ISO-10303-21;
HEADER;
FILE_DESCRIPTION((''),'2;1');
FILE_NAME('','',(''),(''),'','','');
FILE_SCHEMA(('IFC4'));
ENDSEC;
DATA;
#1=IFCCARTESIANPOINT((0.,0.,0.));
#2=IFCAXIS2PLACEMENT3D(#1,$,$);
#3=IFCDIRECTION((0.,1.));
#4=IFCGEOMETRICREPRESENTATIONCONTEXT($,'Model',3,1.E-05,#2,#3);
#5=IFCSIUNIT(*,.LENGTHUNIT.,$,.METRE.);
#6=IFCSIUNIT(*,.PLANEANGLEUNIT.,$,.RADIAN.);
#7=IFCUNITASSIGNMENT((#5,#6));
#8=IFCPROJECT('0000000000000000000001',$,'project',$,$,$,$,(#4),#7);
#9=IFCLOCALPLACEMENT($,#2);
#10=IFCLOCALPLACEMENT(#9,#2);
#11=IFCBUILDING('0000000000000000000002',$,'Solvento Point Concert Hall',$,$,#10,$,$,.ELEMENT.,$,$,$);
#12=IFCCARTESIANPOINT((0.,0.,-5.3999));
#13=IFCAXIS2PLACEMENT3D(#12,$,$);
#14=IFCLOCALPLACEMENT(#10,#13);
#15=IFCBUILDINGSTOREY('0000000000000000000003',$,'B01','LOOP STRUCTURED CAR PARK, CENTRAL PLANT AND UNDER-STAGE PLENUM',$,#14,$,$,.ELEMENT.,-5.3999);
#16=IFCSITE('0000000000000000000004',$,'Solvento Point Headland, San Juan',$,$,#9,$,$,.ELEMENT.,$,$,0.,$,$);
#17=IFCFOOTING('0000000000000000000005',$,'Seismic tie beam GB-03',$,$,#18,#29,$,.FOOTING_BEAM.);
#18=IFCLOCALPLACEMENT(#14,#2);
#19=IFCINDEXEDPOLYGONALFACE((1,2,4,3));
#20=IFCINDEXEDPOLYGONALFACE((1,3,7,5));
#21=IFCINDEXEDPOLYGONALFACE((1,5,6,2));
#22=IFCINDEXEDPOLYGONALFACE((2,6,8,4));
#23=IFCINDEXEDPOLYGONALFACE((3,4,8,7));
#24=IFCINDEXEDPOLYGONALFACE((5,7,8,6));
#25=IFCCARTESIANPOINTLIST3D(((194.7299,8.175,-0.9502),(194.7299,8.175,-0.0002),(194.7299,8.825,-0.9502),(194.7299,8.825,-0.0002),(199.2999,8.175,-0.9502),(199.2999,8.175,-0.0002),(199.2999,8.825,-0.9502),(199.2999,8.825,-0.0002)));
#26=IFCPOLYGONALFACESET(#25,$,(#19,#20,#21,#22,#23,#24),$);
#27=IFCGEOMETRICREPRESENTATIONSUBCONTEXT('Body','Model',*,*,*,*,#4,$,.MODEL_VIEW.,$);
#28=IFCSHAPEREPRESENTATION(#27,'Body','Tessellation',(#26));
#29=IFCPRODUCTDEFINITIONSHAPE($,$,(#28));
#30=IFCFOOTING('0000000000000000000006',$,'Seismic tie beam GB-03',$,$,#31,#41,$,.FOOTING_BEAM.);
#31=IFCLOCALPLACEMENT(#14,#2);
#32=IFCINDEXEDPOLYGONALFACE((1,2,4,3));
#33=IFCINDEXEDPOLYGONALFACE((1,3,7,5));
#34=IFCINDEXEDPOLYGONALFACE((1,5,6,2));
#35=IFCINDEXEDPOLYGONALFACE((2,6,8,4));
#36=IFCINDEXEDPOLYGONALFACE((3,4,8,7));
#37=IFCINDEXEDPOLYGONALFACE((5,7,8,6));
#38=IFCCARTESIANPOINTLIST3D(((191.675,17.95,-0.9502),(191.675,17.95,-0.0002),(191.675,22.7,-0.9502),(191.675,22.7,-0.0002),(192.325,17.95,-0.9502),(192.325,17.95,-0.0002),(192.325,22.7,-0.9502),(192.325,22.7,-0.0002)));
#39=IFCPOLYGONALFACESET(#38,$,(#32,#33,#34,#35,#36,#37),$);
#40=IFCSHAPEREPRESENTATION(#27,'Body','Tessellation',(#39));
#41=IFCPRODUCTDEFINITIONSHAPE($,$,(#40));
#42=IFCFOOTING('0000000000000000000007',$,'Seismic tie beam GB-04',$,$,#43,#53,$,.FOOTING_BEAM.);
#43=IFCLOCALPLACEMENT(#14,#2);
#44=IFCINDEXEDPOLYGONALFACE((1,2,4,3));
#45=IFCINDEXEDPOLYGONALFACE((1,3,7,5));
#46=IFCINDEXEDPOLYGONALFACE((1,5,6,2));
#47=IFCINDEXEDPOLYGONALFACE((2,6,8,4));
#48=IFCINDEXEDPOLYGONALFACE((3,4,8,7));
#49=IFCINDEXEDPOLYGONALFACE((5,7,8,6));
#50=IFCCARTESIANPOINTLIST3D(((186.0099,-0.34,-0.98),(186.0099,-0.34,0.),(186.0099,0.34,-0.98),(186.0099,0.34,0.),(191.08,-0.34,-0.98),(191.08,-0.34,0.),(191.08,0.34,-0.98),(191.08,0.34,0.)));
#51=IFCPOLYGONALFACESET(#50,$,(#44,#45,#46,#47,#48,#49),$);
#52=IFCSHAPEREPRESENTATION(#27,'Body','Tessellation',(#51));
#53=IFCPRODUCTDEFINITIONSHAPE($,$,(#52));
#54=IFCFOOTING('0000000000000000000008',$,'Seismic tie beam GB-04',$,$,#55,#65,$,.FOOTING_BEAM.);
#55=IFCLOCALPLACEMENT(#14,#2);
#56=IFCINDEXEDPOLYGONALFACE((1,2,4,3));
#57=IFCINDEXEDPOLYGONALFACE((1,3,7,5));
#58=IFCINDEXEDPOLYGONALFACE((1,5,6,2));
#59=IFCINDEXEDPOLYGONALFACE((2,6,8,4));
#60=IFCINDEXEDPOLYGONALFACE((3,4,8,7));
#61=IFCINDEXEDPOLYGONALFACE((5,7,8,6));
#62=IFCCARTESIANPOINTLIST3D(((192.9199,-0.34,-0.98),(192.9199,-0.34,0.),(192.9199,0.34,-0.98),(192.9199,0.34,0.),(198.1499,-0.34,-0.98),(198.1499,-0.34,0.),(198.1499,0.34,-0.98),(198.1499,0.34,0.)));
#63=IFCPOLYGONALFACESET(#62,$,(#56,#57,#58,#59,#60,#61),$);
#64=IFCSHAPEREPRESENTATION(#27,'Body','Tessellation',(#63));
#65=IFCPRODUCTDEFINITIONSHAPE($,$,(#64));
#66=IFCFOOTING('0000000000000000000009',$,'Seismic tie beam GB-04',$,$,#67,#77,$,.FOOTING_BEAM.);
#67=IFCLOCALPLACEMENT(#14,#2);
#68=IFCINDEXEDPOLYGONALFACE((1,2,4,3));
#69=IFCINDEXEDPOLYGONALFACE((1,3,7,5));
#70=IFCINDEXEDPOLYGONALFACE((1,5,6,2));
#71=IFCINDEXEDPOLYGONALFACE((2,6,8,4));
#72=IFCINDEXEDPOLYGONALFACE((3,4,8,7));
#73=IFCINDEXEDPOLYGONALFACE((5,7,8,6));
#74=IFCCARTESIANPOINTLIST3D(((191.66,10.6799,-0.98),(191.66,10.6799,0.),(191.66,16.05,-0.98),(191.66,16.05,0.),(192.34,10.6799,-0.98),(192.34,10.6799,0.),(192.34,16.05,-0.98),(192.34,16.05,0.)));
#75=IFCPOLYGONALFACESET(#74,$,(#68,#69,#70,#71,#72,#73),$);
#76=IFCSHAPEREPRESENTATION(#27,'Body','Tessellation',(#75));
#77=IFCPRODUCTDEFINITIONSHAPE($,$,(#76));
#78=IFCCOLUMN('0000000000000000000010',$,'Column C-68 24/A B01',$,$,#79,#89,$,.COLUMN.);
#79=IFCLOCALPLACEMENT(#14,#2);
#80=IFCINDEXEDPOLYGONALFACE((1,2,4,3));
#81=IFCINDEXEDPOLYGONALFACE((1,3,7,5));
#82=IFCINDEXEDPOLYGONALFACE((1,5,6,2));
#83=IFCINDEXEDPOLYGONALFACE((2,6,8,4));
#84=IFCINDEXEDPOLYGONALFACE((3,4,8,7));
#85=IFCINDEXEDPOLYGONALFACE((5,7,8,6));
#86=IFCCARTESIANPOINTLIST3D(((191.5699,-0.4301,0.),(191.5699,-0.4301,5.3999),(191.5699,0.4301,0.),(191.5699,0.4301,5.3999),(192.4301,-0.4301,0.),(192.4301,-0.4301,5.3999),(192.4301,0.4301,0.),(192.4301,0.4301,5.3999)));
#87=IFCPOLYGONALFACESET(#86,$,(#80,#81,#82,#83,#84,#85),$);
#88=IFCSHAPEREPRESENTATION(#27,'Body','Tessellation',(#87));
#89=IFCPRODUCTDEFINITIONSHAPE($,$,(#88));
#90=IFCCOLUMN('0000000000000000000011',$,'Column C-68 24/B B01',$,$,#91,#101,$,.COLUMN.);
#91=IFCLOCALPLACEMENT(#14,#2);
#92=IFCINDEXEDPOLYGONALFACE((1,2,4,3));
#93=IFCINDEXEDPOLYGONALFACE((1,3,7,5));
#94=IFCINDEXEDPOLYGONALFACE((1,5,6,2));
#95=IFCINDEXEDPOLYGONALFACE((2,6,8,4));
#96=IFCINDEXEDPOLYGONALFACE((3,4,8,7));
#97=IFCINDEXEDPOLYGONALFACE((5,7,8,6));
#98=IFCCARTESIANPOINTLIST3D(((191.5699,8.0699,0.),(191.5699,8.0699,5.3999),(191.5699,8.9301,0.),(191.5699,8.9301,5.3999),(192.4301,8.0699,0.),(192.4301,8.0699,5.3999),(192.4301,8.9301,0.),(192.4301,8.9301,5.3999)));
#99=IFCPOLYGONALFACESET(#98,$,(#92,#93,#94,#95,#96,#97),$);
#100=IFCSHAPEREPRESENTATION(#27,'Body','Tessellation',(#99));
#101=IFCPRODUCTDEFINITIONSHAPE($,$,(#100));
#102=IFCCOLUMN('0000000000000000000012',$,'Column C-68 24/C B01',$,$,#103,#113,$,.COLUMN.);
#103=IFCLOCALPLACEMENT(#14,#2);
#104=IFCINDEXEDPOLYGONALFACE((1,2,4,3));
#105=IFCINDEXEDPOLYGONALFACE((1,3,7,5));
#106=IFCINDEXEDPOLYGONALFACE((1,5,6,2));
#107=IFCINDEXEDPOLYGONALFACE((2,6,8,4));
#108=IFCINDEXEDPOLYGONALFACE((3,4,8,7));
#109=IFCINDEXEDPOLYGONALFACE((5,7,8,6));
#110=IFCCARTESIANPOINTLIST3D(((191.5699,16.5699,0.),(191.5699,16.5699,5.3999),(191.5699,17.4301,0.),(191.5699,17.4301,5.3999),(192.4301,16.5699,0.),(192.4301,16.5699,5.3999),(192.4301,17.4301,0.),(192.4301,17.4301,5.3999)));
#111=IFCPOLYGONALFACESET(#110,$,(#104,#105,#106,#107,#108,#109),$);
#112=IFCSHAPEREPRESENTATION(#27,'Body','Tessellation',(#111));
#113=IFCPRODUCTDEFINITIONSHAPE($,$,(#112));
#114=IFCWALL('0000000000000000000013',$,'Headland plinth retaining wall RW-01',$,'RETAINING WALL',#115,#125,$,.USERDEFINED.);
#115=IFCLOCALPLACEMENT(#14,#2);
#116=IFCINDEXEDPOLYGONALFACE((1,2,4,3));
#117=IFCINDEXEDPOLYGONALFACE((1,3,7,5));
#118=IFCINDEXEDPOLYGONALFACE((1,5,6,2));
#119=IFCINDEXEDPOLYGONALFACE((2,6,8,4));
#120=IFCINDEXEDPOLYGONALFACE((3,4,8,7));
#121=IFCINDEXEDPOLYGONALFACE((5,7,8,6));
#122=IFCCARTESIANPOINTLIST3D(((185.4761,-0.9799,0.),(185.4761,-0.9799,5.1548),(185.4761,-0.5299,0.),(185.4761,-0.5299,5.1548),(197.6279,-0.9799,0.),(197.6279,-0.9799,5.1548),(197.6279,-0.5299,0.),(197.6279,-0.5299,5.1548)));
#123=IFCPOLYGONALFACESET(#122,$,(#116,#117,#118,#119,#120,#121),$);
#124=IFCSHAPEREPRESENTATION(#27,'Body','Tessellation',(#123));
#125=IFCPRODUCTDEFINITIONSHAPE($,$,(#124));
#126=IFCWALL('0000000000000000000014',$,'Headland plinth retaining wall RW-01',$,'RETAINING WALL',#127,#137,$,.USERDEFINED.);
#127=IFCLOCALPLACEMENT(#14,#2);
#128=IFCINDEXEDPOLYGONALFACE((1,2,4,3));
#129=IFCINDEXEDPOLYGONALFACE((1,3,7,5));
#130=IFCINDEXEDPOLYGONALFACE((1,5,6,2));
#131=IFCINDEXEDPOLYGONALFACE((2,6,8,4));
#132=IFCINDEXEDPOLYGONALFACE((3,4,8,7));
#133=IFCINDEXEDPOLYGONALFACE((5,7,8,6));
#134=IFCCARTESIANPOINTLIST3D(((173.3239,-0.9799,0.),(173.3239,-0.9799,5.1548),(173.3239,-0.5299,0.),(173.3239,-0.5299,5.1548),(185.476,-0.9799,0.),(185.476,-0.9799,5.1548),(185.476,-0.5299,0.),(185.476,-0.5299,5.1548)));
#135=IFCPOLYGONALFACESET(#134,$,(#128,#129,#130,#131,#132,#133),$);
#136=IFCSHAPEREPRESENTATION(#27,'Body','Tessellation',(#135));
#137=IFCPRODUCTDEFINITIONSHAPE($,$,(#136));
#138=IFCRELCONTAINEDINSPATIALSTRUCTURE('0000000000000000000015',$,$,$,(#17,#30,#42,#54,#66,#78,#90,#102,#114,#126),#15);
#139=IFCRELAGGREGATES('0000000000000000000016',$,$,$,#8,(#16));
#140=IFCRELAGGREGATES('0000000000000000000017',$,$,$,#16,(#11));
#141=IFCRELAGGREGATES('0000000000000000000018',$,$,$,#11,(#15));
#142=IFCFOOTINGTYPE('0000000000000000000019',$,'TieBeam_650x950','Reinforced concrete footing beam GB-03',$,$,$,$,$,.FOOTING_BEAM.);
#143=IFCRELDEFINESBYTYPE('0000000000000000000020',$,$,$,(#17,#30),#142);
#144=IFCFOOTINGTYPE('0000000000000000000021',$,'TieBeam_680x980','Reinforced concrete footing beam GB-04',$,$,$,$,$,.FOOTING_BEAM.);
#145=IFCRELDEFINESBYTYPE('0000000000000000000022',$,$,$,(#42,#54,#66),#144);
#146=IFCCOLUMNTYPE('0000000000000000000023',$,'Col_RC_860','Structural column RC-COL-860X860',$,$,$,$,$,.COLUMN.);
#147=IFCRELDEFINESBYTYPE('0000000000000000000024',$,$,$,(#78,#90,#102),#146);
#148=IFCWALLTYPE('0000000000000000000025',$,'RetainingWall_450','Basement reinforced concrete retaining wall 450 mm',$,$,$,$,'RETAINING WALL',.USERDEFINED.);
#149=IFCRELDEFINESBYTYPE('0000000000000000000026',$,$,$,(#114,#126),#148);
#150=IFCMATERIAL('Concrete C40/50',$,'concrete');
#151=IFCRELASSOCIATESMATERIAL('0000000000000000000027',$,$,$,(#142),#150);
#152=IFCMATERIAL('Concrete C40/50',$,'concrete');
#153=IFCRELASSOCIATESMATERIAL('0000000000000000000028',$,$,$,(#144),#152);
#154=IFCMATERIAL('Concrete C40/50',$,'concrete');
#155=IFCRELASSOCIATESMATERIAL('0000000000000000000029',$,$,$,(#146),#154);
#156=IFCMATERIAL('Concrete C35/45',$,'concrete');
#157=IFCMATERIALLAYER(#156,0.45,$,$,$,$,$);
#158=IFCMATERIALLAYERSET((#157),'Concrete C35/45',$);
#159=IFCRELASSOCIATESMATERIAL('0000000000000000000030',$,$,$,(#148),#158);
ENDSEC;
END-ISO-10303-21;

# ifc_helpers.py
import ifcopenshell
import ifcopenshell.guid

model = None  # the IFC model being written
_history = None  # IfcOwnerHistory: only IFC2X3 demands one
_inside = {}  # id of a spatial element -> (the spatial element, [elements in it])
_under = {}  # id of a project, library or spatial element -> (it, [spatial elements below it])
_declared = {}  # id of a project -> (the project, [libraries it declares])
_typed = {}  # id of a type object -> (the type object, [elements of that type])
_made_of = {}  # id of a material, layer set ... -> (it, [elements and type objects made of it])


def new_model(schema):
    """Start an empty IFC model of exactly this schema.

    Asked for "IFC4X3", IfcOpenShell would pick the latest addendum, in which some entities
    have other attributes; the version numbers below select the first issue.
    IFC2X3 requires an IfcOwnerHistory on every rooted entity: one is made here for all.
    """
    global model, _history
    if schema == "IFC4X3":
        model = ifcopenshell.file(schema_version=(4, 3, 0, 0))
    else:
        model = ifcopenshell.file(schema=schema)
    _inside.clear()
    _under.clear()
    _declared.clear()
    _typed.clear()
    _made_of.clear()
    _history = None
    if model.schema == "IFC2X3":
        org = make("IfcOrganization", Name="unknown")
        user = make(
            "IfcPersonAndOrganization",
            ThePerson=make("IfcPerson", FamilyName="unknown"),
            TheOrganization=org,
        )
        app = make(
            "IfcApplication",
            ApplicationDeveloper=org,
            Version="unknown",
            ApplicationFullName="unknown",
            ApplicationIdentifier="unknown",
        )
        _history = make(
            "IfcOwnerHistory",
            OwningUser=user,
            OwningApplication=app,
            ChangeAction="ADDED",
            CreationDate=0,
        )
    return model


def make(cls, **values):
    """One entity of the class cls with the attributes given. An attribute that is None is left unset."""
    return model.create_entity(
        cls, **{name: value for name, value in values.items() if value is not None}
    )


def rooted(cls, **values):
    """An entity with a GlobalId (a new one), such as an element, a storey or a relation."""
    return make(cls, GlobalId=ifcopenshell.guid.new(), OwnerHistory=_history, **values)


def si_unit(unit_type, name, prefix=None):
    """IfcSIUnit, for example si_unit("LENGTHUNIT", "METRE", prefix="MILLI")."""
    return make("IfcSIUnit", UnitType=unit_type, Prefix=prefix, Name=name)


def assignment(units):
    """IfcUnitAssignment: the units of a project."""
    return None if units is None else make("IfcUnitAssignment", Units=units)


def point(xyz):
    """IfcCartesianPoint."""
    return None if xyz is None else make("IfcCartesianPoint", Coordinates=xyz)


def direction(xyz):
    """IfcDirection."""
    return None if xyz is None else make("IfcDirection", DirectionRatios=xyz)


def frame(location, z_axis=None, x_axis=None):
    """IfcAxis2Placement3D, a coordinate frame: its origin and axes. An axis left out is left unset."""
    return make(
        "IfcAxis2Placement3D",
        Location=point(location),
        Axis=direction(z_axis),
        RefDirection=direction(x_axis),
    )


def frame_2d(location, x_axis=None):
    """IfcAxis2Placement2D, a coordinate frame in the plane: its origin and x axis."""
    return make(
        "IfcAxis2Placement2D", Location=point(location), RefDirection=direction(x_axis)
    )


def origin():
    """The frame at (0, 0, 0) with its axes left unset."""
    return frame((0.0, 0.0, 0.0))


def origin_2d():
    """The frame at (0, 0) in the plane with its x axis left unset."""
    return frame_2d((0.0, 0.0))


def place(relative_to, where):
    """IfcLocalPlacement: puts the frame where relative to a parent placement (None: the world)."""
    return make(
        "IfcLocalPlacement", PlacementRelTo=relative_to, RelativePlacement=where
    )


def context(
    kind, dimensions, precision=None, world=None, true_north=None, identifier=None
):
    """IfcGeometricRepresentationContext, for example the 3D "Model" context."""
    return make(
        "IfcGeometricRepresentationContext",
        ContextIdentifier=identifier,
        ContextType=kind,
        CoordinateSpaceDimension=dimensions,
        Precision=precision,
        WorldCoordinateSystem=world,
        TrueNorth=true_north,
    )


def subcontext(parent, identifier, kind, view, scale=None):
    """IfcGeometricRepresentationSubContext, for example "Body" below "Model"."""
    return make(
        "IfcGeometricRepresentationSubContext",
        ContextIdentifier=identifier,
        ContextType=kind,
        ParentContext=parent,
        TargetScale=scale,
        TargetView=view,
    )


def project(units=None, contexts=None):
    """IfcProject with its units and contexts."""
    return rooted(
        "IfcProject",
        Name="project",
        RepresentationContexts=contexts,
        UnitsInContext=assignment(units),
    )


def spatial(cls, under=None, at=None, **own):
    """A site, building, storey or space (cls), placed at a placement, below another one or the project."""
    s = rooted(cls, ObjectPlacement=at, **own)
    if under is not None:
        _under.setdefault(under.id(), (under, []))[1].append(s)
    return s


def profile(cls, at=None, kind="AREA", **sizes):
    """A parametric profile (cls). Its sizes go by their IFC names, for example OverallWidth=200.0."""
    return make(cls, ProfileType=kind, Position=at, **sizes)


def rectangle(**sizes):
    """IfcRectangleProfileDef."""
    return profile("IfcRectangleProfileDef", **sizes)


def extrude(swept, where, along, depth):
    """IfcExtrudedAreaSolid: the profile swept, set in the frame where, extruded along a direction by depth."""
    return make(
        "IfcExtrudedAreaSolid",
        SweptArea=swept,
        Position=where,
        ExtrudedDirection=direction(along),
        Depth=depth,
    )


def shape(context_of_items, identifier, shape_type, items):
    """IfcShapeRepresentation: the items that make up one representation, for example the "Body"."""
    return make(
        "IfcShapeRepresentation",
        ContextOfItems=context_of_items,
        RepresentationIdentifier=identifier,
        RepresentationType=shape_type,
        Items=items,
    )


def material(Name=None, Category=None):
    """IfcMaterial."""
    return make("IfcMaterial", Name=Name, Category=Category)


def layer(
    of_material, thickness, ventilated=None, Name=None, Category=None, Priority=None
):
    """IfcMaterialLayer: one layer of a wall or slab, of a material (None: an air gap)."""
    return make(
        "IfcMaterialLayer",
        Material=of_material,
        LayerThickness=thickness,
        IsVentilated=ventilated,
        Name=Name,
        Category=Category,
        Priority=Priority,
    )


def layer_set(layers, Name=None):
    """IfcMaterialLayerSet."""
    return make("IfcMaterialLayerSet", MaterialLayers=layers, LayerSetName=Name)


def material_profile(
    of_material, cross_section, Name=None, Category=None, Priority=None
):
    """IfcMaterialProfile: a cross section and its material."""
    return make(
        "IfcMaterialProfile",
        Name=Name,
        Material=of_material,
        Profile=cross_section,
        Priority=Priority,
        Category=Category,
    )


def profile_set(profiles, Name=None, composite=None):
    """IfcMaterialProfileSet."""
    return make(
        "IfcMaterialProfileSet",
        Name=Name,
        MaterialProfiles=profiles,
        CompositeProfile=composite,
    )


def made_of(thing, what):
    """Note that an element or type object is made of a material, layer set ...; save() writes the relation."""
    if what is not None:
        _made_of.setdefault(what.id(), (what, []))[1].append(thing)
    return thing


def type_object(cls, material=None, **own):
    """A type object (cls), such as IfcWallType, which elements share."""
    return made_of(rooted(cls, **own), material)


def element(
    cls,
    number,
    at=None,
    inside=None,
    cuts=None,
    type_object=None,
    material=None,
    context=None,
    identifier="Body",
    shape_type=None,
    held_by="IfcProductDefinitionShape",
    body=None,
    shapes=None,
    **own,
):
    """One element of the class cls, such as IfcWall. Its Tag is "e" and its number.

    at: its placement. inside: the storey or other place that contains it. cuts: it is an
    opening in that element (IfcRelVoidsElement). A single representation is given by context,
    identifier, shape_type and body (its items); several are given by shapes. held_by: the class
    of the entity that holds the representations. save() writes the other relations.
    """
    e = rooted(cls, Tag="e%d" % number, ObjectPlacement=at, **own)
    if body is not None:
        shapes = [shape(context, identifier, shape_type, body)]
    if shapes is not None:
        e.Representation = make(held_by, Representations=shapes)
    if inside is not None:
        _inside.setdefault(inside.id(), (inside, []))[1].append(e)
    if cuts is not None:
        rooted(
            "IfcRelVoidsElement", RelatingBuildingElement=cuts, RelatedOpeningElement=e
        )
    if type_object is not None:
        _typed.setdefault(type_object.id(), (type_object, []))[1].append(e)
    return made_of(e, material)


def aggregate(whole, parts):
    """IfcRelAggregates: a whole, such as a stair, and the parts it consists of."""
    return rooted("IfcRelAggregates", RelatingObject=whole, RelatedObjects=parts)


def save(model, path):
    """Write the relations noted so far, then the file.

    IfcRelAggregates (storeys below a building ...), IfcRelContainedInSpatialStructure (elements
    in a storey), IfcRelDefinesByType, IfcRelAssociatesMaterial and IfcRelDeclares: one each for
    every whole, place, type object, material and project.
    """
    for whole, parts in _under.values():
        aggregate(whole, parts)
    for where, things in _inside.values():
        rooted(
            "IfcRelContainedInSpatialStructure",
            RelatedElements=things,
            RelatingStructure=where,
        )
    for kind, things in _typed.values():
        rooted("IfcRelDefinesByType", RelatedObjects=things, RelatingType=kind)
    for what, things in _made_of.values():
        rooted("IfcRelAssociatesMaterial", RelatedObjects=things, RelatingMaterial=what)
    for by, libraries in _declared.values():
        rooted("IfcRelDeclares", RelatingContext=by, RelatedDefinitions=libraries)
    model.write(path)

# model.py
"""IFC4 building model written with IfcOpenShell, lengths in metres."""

from ifc_helpers import new_model, si_unit, direction, frame, frame_2d, origin, origin_2d, place, context, subcontext, project, spatial, rectangle, extrude, material, layer, layer_set, material_profile, profile_set, type_object, element, save


model = new_model("IFC4")

# Units and contexts
model_context = context("Model", 3, precision=1e-05, world=origin(), true_north=direction((0.0, 1.0)))
body_context = subcontext(model_context, "Body", "Model", "MODEL_VIEW")
ifc_project = project(units=[si_unit("LENGTHUNIT", "METRE"), si_unit("PLANEANGLEUNIT", "RADIAN")], contexts=[model_context])

# Site, building, storey
site_placement = place(None, origin())
site = spatial("IfcSite", under=ifc_project, at=site_placement, Name="Solvento Point Headland, San Juan", CompositionType="ELEMENT", RefElevation=0.0)
building_placement = place(site_placement, origin())
building = spatial("IfcBuilding", under=site, at=building_placement, Name="Solvento Point Concert Hall", CompositionType="ELEMENT")
storey_placement = place(building_placement, frame((0.0, 0.0, -5.3999)))
storey = spatial("IfcBuildingStorey", under=building, at=storey_placement, Name="B01", Description="LOOP STRUCTURED CAR PARK, CENTRAL PLANT AND UNDER-STAGE PLENUM", CompositionType="ELEMENT", Elevation=-5.3999)

# Footings
ifc_material_1 = material(Name="Concrete C40/50", Category="concrete")
footing_type_1 = type_object("IfcFootingType", Name="TieBeam_650x950", Description="Reinforced concrete footing beam GB-03", PredefinedType="FOOTING_BEAM", material=ifc_material_1)
footing_1_placement = place(storey_placement, frame((197.0149, 8.5, -0.9502), z_axis=(0.0, 0.0, 1.0), x_axis=(1.0, 0.0, 0.0)))
element("IfcFooting", 1, at=footing_1_placement, inside=storey, type_object=footing_type_1, Name="Seismic tie beam GB-03", PredefinedType="FOOTING_BEAM", context=body_context, shape_type="SweptSolid", body=[
    extrude(rectangle(XDim=4.5701, YDim=0.6499, at=origin_2d()), origin(), (0.0, 0.0, 1.0), 0.95),
])
footing_2_placement = place(storey_placement, frame((192.0, 20.325, -0.9502), z_axis=(0.0, 0.0, 1.0), x_axis=(0.0, 1.0, 0.0)))
element("IfcFooting", 2, at=footing_2_placement, inside=storey, type_object=footing_type_1, Name="Seismic tie beam GB-03", PredefinedType="FOOTING_BEAM", context=body_context, shape_type="SweptSolid", body=[
    extrude(rectangle(XDim=4.75, YDim=0.6499, at=origin_2d()), origin(), (0.0, 0.0, 1.0), 0.95),
])
ifc_material_2 = material(Name="Concrete C40/50", Category="concrete")
footing_type_2 = type_object("IfcFootingType", Name="TieBeam_680x980", Description="Reinforced concrete footing beam GB-04", PredefinedType="FOOTING_BEAM", material=ifc_material_2)
footing_3_placement = place(storey_placement, frame((188.5449, 0.0, -0.98), z_axis=(0.0, 0.0, 1.0), x_axis=(1.0, 0.0, 0.0)))
element("IfcFooting", 3, at=footing_3_placement, inside=storey, type_object=footing_type_2, Name="Seismic tie beam GB-04", PredefinedType="FOOTING_BEAM", context=body_context, shape_type="SweptSolid", body=[
    extrude(rectangle(XDim=5.0701, YDim=0.6799, at=origin_2d()), origin(), (0.0, 0.0, 1.0), 0.98),
])
footing_4_placement = place(storey_placement, frame((195.5349, 0.0, -0.98), z_axis=(0.0, 0.0, 1.0), x_axis=(1.0, 0.0, 0.0)))
element("IfcFooting", 4, at=footing_4_placement, inside=storey, type_object=footing_type_2, Name="Seismic tie beam GB-04", PredefinedType="FOOTING_BEAM", context=body_context, shape_type="SweptSolid", body=[
    extrude(rectangle(XDim=5.23, YDim=0.6799, at=origin_2d()), origin(), (0.0, 0.0, 1.0), 0.98),
])
footing_5_placement = place(storey_placement, frame((192.0, 13.365, -0.98), z_axis=(0.0, 0.0, 1.0), x_axis=(0.0, 1.0, 0.0)))
element("IfcFooting", 5, at=footing_5_placement, inside=storey, type_object=footing_type_2, Name="Seismic tie beam GB-04", PredefinedType="FOOTING_BEAM", context=body_context, shape_type="SweptSolid", body=[
    extrude(rectangle(XDim=5.3701, YDim=0.6799, at=origin_2d()), origin(), (0.0, 0.0, 1.0), 0.98),
])

# Columns
ifc_material_3 = material(Name="Concrete C40/50", Category="concrete")
ifc_material_profile_1 = material_profile(ifc_material_3, rectangle(XDim=0.8601, YDim=0.8601, at=origin_2d()), Name="RC-COL-860X860")
ifc_profile_set_1 = profile_set([ifc_material_profile_1], Name="Concrete C40/50")
column_type = type_object("IfcColumnType", Name="Col_RC_860", Description="Structural column RC-COL-860X860", PredefinedType="COLUMN", material=ifc_profile_set_1)
for number, where, z_axis, x_axis, name in (
    (6, (192.0, 0.0, 0.0), (0.0, 0.0, 1.0), (1.0, 0.0, 0.0), "Column C-68 24/A B01"),
    (7, (192.0, 8.5, 0.0), (0.0, 0.0, 1.0), (1.0, 0.0, 0.0), "Column C-68 24/B B01"),
    (8, (192.0, 17.0, 0.0), (0.0, 0.0, 1.0), (1.0, 0.0, 0.0), "Column C-68 24/C B01"),
):
    element("IfcColumn", number, at=place(storey_placement, frame(where, z_axis=z_axis, x_axis=x_axis)), inside=storey, type_object=column_type, Name=name, PredefinedType="COLUMN", context=body_context, shape_type="SweptSolid", body=[
        extrude(rectangle(XDim=0.8601, YDim=0.8601, at=origin_2d()), origin(), (0.0, 0.0, 1.0), 5.3999),
    ])

# Walls
ifc_material_4 = material(Name="Concrete C35/45", Category="concrete")
ifc_layer = layer(ifc_material_4, 0.45)
ifc_layer_set = layer_set([ifc_layer], Name="Concrete C35/45")
wall_type = type_object("IfcWallType", Name="RetainingWall_450", Description="Basement reinforced concrete retaining wall 450 mm", ElementType="RETAINING WALL", PredefinedType="USERDEFINED", material=ifc_layer_set)
wall_1_placement = place(storey_placement, frame((197.6279, -0.7549, 0.0), z_axis=(0.0, 0.0, 1.0), x_axis=(-1.0, 0.0, 0.0)))
element("IfcWall", 9, at=wall_1_placement, inside=storey, type_object=wall_type, Name="Headland plinth retaining wall RW-01", ObjectType="RETAINING WALL", PredefinedType="USERDEFINED", context=body_context, shape_type="SweptSolid", body=[
    extrude(rectangle(XDim=12.1519, YDim=0.45, at=frame_2d((6.0759, 0.0))), origin(), (0.0, 0.0, 1.0), 5.1548),
])
wall_2_placement = place(storey_placement, frame((185.4761, -0.7549, 0.0), z_axis=(0.0, 0.0, 1.0), x_axis=(-1.0, 0.0, 0.0)))
element("IfcWall", 10, at=wall_2_placement, inside=storey, type_object=wall_type, Name="Headland plinth retaining wall RW-01", ObjectType="RETAINING WALL", PredefinedType="USERDEFINED", context=body_context, shape_type="SweptSolid", body=[
    extrude(rectangle(XDim=12.1521, YDim=0.45, at=frame_2d((6.0762, 0.0))), origin(), (0.0, 0.0, 1.0), 5.1548),
])

save(model, "model.ifc")
